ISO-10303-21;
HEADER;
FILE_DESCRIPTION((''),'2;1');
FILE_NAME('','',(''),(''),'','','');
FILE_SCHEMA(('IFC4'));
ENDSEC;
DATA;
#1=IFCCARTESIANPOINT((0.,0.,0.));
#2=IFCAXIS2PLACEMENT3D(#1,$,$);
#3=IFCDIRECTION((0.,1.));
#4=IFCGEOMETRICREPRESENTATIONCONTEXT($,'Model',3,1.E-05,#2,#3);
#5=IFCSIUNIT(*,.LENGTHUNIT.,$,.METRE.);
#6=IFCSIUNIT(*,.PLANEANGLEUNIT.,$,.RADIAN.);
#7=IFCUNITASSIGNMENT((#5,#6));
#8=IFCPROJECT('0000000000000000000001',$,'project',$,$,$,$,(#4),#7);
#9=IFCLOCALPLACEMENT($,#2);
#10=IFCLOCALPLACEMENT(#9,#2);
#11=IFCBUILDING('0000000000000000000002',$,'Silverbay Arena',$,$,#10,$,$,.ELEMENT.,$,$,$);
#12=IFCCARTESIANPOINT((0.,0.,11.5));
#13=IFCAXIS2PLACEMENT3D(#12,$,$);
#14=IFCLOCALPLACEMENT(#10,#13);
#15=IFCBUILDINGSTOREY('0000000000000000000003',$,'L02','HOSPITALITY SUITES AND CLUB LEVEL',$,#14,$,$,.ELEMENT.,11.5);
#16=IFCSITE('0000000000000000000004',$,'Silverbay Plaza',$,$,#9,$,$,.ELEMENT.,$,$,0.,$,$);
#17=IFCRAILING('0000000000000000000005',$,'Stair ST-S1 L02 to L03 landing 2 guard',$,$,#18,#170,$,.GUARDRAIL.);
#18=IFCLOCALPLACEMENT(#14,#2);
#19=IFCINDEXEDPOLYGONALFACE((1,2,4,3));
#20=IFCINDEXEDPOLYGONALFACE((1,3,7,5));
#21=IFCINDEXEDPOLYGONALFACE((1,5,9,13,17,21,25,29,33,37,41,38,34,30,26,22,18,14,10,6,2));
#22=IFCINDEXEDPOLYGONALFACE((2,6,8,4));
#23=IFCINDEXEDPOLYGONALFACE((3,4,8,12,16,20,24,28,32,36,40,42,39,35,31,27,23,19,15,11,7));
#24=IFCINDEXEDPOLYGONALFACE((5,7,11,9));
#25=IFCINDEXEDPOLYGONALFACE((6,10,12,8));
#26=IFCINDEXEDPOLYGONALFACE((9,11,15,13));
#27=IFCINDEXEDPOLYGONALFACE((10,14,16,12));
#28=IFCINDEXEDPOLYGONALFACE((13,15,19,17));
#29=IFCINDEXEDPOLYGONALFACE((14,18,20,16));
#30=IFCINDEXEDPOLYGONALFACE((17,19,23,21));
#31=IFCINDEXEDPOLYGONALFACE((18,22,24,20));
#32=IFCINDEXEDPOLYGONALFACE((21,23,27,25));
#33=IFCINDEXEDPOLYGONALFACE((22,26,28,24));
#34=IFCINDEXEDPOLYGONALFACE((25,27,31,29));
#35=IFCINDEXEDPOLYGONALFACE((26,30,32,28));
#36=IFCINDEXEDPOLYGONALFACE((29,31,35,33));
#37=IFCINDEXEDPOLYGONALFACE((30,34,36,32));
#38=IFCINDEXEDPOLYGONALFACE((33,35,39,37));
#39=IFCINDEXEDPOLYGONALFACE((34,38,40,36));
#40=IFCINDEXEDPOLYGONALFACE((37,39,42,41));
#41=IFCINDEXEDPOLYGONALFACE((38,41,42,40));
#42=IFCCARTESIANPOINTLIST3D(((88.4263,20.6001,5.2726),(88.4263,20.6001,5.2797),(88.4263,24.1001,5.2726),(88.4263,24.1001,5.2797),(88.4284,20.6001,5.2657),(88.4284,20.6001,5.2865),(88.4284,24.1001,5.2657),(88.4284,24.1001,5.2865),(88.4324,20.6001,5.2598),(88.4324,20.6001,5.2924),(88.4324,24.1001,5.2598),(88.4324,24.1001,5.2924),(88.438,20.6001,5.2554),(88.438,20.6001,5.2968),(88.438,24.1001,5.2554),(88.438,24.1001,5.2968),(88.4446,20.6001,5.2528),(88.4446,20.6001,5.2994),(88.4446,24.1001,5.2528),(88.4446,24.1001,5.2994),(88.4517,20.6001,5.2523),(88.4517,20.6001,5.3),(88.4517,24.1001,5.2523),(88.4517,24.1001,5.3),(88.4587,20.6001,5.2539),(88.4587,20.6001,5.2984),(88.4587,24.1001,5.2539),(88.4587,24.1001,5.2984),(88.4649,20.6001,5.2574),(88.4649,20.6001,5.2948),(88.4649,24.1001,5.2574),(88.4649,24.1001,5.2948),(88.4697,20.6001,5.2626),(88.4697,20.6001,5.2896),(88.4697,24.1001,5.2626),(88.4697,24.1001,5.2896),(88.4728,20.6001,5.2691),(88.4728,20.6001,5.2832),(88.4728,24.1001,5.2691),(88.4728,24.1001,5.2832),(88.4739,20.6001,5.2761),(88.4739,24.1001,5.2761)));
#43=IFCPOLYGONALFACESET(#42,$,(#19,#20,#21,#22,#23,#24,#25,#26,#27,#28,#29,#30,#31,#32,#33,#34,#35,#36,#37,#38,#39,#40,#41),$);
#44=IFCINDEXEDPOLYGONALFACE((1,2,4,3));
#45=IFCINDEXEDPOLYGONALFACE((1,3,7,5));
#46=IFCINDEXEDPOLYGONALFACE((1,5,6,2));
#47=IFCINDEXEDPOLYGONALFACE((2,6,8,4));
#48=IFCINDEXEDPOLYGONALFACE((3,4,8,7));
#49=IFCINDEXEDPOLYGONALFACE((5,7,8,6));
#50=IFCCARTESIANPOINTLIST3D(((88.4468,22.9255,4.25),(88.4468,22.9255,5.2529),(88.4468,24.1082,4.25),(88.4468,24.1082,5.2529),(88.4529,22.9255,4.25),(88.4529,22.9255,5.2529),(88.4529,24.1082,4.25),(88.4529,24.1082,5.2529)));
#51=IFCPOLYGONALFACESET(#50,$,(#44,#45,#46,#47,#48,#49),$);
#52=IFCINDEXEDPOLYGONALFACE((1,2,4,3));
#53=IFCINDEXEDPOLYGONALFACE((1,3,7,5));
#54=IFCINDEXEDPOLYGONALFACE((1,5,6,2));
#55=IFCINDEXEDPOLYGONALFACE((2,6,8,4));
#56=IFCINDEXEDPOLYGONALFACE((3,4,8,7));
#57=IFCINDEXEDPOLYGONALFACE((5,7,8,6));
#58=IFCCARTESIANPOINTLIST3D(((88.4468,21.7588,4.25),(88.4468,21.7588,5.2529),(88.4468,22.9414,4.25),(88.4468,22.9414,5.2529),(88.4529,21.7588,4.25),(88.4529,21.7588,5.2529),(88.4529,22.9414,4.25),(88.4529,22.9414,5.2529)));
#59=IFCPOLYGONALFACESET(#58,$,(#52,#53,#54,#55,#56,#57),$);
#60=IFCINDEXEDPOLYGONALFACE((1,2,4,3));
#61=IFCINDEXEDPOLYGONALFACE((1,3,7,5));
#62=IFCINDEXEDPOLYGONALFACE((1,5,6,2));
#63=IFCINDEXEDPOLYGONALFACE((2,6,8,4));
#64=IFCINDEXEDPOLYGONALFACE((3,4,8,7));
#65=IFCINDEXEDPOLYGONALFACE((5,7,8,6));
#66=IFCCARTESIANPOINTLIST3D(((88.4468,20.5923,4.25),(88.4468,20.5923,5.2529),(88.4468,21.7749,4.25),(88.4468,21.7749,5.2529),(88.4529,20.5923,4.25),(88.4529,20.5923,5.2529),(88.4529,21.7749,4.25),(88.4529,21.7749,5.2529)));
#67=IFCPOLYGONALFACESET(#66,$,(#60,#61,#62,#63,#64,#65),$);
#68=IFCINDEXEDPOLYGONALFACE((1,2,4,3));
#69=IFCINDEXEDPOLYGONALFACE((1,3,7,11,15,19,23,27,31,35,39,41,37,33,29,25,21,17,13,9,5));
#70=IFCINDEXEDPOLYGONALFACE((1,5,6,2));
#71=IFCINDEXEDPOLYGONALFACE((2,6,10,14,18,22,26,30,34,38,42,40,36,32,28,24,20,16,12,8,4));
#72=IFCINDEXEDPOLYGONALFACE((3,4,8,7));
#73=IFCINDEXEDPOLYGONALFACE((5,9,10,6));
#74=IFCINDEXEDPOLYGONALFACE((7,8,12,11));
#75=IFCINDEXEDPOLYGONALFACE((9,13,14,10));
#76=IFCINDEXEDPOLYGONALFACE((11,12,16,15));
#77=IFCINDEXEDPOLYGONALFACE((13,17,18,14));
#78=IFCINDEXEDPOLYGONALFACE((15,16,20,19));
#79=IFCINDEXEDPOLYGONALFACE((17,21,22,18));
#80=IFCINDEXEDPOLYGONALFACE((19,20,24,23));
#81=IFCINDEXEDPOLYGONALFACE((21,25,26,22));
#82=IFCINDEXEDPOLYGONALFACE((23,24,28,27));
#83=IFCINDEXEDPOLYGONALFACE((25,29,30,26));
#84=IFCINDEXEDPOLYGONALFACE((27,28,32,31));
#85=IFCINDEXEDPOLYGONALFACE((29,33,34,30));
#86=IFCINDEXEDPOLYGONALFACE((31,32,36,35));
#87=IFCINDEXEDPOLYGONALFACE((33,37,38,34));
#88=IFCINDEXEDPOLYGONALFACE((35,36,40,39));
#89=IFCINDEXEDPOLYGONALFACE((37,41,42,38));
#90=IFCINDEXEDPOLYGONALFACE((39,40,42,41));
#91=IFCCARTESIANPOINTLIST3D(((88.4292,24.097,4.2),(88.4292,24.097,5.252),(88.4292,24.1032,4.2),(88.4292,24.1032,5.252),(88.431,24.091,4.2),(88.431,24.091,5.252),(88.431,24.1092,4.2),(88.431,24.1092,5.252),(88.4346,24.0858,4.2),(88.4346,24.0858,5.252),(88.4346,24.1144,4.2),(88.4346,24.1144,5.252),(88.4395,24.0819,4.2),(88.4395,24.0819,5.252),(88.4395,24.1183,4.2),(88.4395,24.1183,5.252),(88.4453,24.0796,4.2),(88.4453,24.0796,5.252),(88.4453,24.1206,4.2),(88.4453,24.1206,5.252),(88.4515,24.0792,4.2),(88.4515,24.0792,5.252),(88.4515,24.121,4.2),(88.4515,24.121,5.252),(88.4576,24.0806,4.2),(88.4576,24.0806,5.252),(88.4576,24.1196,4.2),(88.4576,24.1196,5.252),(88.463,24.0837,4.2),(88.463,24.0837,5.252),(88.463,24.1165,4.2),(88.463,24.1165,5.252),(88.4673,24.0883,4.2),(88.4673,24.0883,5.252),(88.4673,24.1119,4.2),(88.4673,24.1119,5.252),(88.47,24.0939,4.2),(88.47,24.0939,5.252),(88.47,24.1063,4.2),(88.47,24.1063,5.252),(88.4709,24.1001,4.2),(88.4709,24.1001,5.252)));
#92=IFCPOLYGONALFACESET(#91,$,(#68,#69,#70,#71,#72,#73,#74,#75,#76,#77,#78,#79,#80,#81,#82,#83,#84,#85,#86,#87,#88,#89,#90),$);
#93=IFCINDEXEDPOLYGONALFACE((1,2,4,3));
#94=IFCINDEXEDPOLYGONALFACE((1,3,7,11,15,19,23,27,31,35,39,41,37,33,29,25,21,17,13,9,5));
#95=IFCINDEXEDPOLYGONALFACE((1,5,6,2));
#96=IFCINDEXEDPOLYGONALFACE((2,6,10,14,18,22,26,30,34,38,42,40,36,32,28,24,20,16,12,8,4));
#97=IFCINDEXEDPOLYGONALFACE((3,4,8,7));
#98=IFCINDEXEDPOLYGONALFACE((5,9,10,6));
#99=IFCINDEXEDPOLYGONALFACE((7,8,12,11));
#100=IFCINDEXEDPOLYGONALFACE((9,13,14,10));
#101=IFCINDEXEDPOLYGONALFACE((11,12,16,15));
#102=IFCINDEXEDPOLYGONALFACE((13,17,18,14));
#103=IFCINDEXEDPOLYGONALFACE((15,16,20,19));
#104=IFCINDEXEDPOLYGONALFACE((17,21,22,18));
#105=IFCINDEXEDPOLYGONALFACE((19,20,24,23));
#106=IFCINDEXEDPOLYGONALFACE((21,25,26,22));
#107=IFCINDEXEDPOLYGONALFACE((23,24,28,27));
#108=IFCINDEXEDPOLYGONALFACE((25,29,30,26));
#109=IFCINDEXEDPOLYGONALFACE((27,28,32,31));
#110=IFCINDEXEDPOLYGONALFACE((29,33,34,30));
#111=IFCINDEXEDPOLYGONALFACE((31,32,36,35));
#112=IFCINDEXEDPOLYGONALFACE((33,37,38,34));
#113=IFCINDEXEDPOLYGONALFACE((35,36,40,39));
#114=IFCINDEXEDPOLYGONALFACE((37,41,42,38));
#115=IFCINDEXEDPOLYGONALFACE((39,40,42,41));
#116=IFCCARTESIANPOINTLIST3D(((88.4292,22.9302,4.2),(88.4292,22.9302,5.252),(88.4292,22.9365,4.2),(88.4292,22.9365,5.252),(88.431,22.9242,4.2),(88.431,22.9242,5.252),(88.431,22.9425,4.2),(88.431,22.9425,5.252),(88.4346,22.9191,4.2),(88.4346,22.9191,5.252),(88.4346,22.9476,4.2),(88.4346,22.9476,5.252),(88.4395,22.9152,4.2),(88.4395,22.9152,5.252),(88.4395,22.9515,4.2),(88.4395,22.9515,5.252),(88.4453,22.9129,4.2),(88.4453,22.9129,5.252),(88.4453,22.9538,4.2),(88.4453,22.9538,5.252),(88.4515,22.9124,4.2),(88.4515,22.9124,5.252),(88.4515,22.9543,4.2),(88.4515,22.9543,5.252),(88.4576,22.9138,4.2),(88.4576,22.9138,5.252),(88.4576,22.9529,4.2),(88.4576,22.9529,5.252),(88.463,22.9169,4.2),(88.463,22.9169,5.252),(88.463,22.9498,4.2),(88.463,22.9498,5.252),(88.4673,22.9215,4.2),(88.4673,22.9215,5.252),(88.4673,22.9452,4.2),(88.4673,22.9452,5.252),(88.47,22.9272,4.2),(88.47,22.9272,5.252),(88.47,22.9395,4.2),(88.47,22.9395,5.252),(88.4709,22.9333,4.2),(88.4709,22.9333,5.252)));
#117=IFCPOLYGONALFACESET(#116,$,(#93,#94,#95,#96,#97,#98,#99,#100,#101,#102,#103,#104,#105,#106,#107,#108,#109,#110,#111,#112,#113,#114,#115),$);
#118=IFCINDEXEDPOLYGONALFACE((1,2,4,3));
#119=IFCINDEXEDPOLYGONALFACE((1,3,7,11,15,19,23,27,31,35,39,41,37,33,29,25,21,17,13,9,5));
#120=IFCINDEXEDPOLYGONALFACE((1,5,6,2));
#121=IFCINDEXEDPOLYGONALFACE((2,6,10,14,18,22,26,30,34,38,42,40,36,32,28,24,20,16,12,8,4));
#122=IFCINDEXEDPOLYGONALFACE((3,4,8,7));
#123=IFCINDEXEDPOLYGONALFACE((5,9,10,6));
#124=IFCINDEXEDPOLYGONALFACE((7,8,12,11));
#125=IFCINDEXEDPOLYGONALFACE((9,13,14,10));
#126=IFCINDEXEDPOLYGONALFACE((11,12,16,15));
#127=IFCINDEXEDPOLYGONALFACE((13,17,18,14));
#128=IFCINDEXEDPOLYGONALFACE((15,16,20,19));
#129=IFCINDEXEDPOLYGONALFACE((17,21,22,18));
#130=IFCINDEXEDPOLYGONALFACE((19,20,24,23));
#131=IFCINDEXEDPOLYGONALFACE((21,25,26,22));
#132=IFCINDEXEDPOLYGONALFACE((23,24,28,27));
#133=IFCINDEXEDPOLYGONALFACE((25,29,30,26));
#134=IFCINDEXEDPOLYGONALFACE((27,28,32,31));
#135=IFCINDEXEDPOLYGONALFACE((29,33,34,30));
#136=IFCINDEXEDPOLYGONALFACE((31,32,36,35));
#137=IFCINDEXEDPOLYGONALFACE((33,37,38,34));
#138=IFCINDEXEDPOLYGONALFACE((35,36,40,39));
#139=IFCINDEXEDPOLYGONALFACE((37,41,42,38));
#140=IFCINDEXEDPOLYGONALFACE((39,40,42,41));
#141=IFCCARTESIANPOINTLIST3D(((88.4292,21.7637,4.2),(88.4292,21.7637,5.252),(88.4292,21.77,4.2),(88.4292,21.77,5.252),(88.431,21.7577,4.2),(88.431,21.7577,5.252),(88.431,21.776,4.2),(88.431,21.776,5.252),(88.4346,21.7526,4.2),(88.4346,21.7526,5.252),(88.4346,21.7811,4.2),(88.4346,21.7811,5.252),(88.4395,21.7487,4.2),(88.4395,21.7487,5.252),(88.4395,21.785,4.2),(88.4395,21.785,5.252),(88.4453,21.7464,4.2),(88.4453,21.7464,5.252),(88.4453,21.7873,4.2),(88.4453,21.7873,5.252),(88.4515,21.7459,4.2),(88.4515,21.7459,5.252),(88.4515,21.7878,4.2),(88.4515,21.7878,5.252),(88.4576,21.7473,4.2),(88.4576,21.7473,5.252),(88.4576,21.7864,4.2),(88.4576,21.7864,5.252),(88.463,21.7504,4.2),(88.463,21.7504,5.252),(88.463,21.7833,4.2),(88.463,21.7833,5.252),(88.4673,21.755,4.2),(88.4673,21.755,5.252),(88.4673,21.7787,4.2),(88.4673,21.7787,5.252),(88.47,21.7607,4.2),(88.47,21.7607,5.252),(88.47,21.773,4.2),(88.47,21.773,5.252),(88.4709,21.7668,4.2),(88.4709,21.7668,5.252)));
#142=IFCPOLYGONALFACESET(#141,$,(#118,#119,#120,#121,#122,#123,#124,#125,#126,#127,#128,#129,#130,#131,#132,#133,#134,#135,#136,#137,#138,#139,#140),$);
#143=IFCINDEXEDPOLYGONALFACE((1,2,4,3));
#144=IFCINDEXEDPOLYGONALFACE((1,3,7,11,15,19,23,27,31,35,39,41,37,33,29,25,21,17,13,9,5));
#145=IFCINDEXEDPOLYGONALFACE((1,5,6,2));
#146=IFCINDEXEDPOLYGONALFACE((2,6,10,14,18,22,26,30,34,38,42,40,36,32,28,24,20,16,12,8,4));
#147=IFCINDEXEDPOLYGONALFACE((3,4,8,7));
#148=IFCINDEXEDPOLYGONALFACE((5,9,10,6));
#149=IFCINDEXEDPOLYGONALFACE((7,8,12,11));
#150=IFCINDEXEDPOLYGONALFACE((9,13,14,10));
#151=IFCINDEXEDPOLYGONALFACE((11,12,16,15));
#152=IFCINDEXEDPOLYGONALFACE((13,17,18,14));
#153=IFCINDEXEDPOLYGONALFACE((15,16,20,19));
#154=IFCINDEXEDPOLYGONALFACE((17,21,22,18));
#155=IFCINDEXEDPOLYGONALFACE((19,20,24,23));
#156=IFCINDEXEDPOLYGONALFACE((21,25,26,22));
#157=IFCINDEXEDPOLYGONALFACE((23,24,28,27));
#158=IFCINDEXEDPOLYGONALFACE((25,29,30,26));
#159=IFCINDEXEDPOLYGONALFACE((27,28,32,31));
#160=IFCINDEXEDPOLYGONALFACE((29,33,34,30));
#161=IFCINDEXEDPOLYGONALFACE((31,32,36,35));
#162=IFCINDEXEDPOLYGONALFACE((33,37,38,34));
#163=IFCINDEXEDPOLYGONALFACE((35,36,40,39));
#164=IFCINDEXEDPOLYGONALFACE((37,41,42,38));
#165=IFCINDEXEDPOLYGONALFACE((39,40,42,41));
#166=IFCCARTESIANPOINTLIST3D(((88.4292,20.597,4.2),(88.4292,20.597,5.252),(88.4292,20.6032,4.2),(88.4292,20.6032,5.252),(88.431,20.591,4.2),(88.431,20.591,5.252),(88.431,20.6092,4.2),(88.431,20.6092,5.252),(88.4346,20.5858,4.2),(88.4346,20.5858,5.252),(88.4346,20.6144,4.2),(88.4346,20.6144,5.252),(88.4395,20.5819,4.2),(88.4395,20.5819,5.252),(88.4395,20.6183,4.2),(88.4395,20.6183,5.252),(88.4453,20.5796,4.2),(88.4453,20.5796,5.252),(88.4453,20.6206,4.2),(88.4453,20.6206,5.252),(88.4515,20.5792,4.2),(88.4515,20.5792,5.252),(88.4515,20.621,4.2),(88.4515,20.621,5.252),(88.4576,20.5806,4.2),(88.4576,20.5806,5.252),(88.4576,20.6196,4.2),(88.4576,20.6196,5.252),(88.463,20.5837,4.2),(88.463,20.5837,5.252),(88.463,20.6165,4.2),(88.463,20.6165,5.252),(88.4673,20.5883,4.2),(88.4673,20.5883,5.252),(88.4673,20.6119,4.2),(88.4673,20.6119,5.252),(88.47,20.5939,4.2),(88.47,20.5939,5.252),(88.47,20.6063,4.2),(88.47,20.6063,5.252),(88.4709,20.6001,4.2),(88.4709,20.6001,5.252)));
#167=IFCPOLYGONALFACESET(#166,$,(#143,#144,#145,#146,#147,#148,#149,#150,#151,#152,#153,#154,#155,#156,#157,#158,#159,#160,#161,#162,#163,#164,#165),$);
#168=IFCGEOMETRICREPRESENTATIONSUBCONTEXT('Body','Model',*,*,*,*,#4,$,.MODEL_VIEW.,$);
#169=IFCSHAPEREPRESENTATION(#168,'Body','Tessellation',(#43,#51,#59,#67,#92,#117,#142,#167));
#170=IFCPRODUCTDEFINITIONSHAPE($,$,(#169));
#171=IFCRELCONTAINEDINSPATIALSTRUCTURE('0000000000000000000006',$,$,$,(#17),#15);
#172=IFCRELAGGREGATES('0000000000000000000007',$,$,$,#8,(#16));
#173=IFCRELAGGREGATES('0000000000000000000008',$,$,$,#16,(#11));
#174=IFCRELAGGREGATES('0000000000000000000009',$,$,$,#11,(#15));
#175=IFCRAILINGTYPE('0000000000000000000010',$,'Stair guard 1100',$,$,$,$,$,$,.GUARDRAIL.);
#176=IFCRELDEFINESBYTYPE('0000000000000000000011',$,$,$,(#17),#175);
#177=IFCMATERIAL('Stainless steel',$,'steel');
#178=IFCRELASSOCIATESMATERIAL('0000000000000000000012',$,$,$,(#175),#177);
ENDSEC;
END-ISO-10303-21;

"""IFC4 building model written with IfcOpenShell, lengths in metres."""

from ifc_helpers import new_model, si_unit, direction, frame, origin, origin_2d, place, context, subcontext, project, spatial, polyline, circle, outline, extrude, material, type_object, element, save


model = new_model("IFC4")

# Units and contexts
model_context = context("Model", 3, precision=1e-05, world=origin(), true_north=direction((0.0, 1.0)))
body_context = subcontext(model_context, "Body", "Model", "MODEL_VIEW")
ifc_project = project(units=[si_unit("LENGTHUNIT", "METRE"), si_unit("PLANEANGLEUNIT", "RADIAN")], contexts=[model_context])

# Site, building, storey
site_placement = place(None, origin())
site = spatial("IfcSite", under=ifc_project, at=site_placement, Name="Silverbay Plaza", CompositionType="ELEMENT", RefElevation=0.0)
building_placement = place(site_placement, origin())
building = spatial("IfcBuilding", under=site, at=building_placement, Name="Silverbay Arena", CompositionType="ELEMENT")
storey_placement = place(building_placement, frame((0.0, 0.0, 11.5)))
storey = spatial("IfcBuildingStorey", under=building, at=storey_placement, Name="L02", Description="HOSPITALITY SUITES AND CLUB LEVEL", CompositionType="ELEMENT", Elevation=11.5)

# Railing
ifc_material_1 = material(Name="Stainless steel", Category="steel")
railing_type_1 = type_object("IfcRailingType", Name="Stair guard 1100", PredefinedType="GUARDRAIL", material=ifc_material_1)
for number, where, name in (
    (1, (88.45, 24.1001, 4.2), "Stair ST-S1 L02 to L03 landing 2 guard"),
):
    element("IfcRailing", number, at=place(storey_placement, frame(where)), inside=storey, type_object=railing_type_1, Name=name, PredefinedType="GUARDRAIL", context=body_context, shape_type="SweptSolid", body=[
        extrude(circle(Radius=0.0239, at=origin_2d()), frame((0.0, 0.0, 1.0762), z_axis=(0.0, -1.0, 0.0), x_axis=(1.0, 0.0, 0.0)), (0.0, 0.0, 1.0), 3.5),
        extrude(outline(polyline([(-0.0081, 0.05), (1.1746, 0.05), (1.1746, 1.053), (-0.0081, 1.053), (-0.0081, 0.05)])), frame((0.0029, 0.0, 0.0), z_axis=(-1.0, 0.0, 0.0), x_axis=(0.0, -1.0, 0.0)), (0.0, 0.0, 1.0), 0.0061),
        extrude(outline(polyline([(-0.0081, 0.05), (1.1746, 0.05), (1.1746, 1.053), (-0.0081, 1.053), (-0.0081, 0.05)])), frame((0.0029, -1.1667, 0.0), z_axis=(-1.0, 0.0, 0.0), x_axis=(0.0, -1.0, 0.0)), (0.0, 0.0, 1.0), 0.0061),
        extrude(outline(polyline([(-0.0081, 0.05), (1.1746, 0.05), (1.1746, 1.053), (-0.0081, 1.053), (-0.0081, 0.05)])), frame((0.0029, -2.3333, 0.0), z_axis=(-1.0, 0.0, 0.0), x_axis=(0.0, -1.0, 0.0)), (0.0, 0.0, 1.0), 0.0061),
        extrude(circle(Radius=0.021, at=origin_2d()), origin(), (0.0, 0.0, 1.0), 1.052),
        extrude(circle(Radius=0.021, at=origin_2d()), frame((0.0, -1.1667, 0.0)), (0.0, 0.0, 1.0), 1.052),
        extrude(circle(Radius=0.021, at=origin_2d()), frame((0.0, -2.3333, 0.0)), (0.0, 0.0, 1.0), 1.052),
        extrude(circle(Radius=0.021, at=origin_2d()), frame((0.0, -3.5, 0.0)), (0.0, 0.0, 1.0), 1.052),
    ])

save(model, "model.ifc")
